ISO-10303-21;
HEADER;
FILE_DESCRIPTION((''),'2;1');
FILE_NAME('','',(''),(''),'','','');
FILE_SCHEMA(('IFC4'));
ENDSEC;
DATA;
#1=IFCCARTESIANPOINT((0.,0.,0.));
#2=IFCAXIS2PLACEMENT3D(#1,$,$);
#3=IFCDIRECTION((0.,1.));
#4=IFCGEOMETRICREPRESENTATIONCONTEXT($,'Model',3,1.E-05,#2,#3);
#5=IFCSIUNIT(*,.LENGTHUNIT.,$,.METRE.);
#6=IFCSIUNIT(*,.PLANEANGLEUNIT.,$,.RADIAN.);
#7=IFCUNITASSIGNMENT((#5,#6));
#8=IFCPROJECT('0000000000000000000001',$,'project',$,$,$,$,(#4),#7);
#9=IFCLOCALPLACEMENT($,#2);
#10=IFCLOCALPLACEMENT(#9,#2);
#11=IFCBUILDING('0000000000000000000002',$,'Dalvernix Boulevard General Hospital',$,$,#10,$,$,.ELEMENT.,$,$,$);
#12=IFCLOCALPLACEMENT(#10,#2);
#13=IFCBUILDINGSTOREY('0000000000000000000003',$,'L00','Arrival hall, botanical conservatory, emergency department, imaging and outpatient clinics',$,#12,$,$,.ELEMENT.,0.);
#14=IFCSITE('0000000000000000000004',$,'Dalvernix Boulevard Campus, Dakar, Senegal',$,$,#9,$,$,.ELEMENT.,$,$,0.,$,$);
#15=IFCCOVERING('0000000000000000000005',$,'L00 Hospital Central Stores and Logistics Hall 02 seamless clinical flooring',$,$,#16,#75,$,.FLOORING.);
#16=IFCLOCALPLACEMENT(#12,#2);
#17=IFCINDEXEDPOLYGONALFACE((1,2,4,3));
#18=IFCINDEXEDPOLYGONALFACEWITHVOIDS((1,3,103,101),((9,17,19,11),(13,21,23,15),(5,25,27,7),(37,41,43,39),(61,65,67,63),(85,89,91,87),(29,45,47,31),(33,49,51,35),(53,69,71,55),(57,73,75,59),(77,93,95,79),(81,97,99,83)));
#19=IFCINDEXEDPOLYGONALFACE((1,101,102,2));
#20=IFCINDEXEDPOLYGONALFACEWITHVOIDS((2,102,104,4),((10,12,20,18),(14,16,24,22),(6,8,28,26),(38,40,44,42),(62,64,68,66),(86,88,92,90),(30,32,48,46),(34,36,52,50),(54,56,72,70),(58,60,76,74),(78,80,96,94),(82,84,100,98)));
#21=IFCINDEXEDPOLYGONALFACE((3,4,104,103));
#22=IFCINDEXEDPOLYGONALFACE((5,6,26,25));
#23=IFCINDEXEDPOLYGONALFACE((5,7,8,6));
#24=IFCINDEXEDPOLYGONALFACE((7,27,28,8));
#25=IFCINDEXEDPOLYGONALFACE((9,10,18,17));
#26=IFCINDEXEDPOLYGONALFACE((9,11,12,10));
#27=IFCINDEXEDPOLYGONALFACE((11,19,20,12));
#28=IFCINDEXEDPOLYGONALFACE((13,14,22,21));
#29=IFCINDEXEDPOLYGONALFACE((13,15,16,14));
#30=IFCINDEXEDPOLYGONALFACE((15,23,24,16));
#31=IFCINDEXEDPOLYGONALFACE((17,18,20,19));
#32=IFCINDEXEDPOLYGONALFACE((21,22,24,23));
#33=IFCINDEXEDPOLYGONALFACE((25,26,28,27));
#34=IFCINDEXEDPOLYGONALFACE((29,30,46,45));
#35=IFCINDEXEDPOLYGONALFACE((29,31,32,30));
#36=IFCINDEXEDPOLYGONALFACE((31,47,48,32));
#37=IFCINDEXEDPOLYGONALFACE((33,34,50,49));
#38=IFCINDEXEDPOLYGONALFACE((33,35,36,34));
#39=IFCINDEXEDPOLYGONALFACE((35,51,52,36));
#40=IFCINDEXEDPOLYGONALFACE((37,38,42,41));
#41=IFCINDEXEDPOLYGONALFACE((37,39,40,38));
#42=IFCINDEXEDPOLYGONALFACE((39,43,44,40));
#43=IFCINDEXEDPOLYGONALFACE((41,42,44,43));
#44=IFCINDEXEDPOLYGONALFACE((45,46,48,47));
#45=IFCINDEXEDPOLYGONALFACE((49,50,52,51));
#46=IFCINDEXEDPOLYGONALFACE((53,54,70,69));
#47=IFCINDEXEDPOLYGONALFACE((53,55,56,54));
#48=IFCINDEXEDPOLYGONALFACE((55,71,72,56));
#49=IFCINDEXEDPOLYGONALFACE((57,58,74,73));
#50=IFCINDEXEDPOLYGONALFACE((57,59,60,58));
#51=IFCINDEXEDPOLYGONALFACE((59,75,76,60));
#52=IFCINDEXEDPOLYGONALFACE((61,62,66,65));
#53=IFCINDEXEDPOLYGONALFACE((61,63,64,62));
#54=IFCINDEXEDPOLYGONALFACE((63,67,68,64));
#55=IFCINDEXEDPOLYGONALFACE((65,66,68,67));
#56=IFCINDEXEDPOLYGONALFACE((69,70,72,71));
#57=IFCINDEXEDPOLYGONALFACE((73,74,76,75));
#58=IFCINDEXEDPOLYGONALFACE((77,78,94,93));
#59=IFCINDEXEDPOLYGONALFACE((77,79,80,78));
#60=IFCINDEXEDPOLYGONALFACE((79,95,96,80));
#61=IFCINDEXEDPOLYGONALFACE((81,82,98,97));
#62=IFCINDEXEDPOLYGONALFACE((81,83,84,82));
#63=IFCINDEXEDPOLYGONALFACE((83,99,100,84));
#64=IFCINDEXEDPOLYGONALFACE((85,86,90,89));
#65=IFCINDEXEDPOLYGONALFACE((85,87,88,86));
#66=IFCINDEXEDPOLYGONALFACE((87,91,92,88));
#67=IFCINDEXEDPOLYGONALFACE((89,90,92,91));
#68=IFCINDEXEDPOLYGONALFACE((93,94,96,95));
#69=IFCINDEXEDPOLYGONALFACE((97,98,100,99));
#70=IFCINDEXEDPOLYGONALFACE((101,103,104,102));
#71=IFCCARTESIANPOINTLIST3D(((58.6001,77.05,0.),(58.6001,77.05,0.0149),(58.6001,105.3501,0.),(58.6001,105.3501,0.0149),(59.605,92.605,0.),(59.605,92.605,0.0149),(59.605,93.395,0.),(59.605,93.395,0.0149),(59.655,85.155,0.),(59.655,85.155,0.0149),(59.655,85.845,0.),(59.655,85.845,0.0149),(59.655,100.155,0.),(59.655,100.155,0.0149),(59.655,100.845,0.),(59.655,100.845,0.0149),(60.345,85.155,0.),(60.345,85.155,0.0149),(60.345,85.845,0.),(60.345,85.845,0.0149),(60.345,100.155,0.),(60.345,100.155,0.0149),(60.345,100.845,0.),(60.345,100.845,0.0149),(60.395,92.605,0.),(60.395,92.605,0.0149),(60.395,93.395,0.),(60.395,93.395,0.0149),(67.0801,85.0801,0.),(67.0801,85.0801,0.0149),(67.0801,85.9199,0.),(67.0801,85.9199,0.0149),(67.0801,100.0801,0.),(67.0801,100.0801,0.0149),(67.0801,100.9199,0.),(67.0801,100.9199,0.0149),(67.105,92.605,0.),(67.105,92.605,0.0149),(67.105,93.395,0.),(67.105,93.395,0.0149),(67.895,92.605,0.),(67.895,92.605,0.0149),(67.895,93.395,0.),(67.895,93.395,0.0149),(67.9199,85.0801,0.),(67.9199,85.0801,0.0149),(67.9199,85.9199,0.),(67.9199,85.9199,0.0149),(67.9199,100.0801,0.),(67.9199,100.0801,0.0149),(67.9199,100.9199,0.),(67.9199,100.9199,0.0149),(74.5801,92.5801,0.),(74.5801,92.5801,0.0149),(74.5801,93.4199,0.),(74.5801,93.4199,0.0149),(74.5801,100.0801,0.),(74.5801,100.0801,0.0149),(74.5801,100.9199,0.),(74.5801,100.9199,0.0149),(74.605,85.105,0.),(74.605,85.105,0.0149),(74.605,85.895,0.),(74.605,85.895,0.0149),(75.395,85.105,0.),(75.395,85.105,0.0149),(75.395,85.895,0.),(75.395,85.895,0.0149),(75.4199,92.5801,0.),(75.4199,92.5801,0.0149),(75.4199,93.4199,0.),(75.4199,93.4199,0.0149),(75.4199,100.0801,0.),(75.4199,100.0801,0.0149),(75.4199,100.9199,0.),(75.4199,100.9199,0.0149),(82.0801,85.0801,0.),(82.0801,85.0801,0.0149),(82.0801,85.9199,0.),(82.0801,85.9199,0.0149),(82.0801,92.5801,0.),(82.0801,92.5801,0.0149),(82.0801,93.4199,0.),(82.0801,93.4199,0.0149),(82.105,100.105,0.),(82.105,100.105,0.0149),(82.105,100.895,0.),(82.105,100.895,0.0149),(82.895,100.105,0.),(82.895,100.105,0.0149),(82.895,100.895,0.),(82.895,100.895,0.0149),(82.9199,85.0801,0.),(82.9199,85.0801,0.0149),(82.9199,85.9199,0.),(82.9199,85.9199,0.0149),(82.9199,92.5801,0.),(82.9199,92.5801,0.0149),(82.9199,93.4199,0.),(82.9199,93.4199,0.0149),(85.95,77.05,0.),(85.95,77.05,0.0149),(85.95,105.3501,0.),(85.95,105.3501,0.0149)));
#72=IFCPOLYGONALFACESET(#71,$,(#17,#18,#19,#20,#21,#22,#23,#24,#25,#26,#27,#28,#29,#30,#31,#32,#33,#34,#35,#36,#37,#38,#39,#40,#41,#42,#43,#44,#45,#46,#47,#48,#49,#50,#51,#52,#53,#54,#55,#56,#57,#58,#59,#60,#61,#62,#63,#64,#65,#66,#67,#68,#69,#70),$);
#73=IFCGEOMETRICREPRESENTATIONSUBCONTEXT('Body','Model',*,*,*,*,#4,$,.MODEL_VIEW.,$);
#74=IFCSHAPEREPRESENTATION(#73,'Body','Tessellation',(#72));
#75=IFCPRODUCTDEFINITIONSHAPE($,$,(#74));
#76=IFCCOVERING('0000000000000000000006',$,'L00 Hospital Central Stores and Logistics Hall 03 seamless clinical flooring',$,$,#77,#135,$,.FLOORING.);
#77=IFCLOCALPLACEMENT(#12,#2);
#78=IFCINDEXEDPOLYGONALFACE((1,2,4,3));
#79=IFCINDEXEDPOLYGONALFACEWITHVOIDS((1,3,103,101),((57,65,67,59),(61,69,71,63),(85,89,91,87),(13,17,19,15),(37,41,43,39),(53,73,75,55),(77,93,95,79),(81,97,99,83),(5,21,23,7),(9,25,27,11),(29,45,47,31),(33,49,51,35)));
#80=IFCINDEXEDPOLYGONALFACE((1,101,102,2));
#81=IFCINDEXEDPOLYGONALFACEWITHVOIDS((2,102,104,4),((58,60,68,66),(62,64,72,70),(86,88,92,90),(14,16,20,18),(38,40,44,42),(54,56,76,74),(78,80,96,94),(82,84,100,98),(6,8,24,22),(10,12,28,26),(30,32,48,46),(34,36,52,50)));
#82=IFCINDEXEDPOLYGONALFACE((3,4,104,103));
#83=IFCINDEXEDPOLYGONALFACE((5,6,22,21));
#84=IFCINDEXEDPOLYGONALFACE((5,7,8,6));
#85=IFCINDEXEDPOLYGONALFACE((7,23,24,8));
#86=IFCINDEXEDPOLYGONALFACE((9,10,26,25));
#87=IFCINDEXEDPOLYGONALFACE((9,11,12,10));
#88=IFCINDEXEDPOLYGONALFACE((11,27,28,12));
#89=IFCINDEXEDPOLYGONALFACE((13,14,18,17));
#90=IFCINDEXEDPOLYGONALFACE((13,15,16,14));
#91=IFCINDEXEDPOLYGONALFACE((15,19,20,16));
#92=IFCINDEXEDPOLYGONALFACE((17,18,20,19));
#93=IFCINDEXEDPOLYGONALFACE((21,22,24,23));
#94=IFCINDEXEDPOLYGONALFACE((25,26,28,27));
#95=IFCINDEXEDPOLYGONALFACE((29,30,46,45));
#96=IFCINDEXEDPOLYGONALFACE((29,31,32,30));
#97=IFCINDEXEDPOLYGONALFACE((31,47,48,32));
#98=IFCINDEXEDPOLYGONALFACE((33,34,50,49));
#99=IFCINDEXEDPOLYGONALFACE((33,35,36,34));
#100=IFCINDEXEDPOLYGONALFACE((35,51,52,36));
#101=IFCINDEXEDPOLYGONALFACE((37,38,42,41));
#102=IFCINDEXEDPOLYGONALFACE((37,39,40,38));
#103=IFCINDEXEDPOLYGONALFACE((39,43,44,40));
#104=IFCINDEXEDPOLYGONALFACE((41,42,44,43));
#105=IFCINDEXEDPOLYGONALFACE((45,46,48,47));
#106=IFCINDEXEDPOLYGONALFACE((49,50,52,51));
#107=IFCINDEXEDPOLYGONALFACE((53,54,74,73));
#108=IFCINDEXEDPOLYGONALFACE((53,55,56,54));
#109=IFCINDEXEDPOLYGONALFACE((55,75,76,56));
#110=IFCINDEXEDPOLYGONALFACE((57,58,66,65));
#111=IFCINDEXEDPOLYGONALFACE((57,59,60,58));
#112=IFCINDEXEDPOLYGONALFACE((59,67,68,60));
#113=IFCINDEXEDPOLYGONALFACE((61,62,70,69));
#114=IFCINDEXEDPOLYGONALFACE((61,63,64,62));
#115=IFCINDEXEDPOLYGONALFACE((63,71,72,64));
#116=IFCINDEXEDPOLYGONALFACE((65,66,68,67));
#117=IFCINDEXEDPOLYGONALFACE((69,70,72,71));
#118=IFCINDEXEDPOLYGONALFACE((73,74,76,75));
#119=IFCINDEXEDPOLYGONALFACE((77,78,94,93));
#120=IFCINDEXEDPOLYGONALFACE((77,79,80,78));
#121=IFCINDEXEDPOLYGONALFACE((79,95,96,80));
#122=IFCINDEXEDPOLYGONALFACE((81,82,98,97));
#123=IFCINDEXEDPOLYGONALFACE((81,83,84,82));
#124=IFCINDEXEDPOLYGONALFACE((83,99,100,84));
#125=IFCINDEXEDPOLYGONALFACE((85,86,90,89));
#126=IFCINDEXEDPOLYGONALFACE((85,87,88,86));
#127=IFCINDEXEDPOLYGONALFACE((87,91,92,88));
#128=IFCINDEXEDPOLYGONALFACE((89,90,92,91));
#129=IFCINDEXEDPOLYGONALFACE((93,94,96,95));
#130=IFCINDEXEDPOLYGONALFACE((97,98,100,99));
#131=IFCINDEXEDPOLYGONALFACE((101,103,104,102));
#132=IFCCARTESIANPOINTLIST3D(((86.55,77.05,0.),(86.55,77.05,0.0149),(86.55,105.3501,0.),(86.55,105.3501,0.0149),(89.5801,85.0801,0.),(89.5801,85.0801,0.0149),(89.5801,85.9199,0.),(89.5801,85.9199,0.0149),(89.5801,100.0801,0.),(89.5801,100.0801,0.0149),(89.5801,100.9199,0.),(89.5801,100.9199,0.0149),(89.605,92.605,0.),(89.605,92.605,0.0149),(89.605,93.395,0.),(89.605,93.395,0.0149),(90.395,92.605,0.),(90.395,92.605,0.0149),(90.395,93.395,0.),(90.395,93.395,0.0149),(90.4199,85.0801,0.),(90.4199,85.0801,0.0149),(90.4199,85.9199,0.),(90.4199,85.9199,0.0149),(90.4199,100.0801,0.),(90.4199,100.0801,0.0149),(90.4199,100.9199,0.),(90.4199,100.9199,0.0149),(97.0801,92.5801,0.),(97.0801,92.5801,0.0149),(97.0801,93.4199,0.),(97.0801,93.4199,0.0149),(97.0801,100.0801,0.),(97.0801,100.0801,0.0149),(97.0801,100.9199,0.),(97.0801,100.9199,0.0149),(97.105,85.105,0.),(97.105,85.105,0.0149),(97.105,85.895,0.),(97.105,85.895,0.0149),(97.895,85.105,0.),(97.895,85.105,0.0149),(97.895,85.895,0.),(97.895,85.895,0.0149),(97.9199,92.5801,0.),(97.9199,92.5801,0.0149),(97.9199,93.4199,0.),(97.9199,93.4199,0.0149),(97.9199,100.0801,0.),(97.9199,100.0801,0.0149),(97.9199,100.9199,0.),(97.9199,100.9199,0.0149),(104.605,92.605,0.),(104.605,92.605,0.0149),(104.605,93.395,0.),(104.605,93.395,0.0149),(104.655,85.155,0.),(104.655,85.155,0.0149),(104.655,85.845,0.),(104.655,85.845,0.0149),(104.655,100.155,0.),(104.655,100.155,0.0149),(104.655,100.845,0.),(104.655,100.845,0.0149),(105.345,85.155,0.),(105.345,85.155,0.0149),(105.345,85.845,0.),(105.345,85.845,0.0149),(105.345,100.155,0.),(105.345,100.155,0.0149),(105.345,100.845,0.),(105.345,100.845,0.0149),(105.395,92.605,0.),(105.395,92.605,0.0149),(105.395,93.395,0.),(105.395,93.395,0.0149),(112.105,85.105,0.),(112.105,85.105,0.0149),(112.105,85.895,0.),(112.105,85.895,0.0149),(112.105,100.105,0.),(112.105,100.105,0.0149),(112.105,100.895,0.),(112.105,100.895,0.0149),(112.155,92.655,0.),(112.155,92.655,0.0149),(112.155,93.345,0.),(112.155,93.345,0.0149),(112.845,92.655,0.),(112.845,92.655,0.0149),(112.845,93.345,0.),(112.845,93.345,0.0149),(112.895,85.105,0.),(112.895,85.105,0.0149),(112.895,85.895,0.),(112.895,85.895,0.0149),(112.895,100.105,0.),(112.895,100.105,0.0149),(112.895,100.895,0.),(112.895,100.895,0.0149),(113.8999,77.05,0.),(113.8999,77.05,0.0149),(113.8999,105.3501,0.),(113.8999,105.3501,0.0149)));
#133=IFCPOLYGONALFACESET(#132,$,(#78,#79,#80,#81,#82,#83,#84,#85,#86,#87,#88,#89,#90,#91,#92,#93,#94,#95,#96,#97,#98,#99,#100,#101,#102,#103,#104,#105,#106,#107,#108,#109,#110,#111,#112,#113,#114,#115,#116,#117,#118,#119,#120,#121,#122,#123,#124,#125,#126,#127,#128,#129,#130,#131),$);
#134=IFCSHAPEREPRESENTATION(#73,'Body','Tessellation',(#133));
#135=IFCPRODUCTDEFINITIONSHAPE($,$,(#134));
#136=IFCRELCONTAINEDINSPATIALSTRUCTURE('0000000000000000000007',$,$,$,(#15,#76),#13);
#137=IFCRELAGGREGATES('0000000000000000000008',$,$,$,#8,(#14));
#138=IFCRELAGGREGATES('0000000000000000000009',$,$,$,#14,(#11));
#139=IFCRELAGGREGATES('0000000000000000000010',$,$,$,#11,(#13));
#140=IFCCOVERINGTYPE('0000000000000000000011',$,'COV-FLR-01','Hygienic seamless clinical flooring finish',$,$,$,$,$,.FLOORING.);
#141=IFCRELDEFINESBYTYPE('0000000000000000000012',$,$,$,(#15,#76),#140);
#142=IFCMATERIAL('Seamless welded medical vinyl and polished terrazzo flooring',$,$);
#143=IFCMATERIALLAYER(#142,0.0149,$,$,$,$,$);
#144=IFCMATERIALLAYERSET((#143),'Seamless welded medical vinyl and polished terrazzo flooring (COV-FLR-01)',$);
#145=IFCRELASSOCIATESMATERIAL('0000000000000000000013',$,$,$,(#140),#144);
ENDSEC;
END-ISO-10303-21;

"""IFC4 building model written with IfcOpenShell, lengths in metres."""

from ifc_helpers import new_model, si_unit, direction, origin, place, context, subcontext, project, spatial, polyline, outline, extrude, material, layer, layer_set, type_object, element, save


model = new_model("IFC4")

# Units and contexts
model_context = context("Model", 3, precision=1e-05, world=origin(), true_north=direction((0.0, 1.0)))
body_context = subcontext(model_context, "Body", "Model", "MODEL_VIEW")
ifc_project = project(units=[si_unit("LENGTHUNIT", "METRE"), si_unit("PLANEANGLEUNIT", "RADIAN")], contexts=[model_context])

# Site, building, storey
site_placement = place(None, origin())
site = spatial("IfcSite", under=ifc_project, at=site_placement, Name="Dalvernix Boulevard Campus, Dakar, Senegal", CompositionType="ELEMENT", RefElevation=0.0)
building_placement = place(site_placement, origin())
building = spatial("IfcBuilding", under=site, at=building_placement, Name="Dalvernix Boulevard General Hospital", CompositionType="ELEMENT")
storey_placement = place(building_placement, origin())
storey = spatial("IfcBuildingStorey", under=building, at=storey_placement, Name="L00", Description="Arrival hall, botanical conservatory, emergency department, imaging and outpatient clinics", CompositionType="ELEMENT", Elevation=0.0)

# Coverings
ifc_material_1 = material(Name="Seamless welded medical vinyl and polished terrazzo flooring")
ifc_layer_1 = layer(ifc_material_1, 0.0149)
ifc_layer_set_1 = layer_set([ifc_layer_1], Name="Seamless welded medical vinyl and polished terrazzo flooring (COV-FLR-01)")
covering_type_1 = type_object("IfcCoveringType", Name="COV-FLR-01", Description="Hygienic seamless clinical flooring finish", PredefinedType="FLOORING", material=ifc_layer_set_1)
covering_1_placement = place(storey_placement, origin())
element("IfcCovering", 1, at=covering_1_placement, inside=storey, type_object=covering_type_1, Name="L00 Hospital Central Stores and Logistics Hall 02 seamless clinical flooring", PredefinedType="FLOORING", context=body_context, shape_type="SweptSolid", body=[
    extrude(outline(polyline([(85.95, 77.05), (58.6001, 77.05), (58.6001, 105.3501), (85.95, 105.3501), (85.95, 77.05)]), holes=[polyline([(60.345, 85.155), (60.345, 85.845), (59.655, 85.845), (59.655, 85.155), (60.345, 85.155)]), polyline([(59.605, 92.605), (60.395, 92.605), (60.395, 93.395), (59.605, 93.395), (59.605, 92.605)]), polyline([(59.655, 100.845), (59.655, 100.155), (60.345, 100.155), (60.345, 100.845), (59.655, 100.845)]), polyline([(67.9199, 85.9199), (67.0801, 85.9199), (67.0801, 85.0801), (67.9199, 85.0801), (67.9199, 85.9199)]), polyline([(67.895, 92.605), (67.895, 93.395), (67.105, 93.395), (67.105, 92.605), (67.895, 92.605)]), polyline([(67.0801, 100.0801), (67.9199, 100.0801), (67.9199, 100.9199), (67.0801, 100.9199), (67.0801, 100.0801)]), polyline([(74.605, 85.895), (74.605, 85.105), (75.395, 85.105), (75.395, 85.895), (74.605, 85.895)]), polyline([(75.4199, 93.4199), (74.5801, 93.4199), (74.5801, 92.5801), (75.4199, 92.5801), (75.4199, 93.4199)]), polyline([(75.4199, 100.0801), (75.4199, 100.9199), (74.5801, 100.9199), (74.5801, 100.0801), (75.4199, 100.0801)]), polyline([(82.0801, 85.0801), (82.9199, 85.0801), (82.9199, 85.9199), (82.0801, 85.9199), (82.0801, 85.0801)]), polyline([(82.0801, 93.4199), (82.0801, 92.5801), (82.9199, 92.5801), (82.9199, 93.4199), (82.0801, 93.4199)]), polyline([(82.895, 100.895), (82.105, 100.895), (82.105, 100.105), (82.895, 100.105), (82.895, 100.895)])]), origin(), (0.0, 0.0, 1.0), 0.0149),
])
covering_2_placement = place(storey_placement, origin())
element("IfcCovering", 2, at=covering_2_placement, inside=storey, type_object=covering_type_1, Name="L00 Hospital Central Stores and Logistics Hall 03 seamless clinical flooring", PredefinedType="FLOORING", context=body_context, shape_type="SweptSolid", body=[
    extrude(outline(polyline([(113.8999, 77.05), (86.55, 77.05), (86.55, 105.3501), (113.8999, 105.3501), (113.8999, 77.05)]), holes=[polyline([(90.4199, 85.0801), (90.4199, 85.9199), (89.5801, 85.9199), (89.5801, 85.0801), (90.4199, 85.0801)]), polyline([(89.605, 92.605), (90.395, 92.605), (90.395, 93.395), (89.605, 93.395), (89.605, 92.605)]), polyline([(89.5801, 100.9199), (89.5801, 100.0801), (90.4199, 100.0801), (90.4199, 100.9199), (89.5801, 100.9199)]), polyline([(97.895, 85.895), (97.105, 85.895), (97.105, 85.105), (97.895, 85.105), (97.895, 85.895)]), polyline([(97.9199, 92.5801), (97.9199, 93.4199), (97.0801, 93.4199), (97.0801, 92.5801), (97.9199, 92.5801)]), polyline([(97.0801, 100.0801), (97.9199, 100.0801), (97.9199, 100.9199), (97.0801, 100.9199), (97.0801, 100.0801)]), polyline([(104.655, 85.845), (104.655, 85.155), (105.345, 85.155), (105.345, 85.845), (104.655, 85.845)]), polyline([(105.395, 93.395), (104.605, 93.395), (104.605, 92.605), (105.395, 92.605), (105.395, 93.395)]), polyline([(105.345, 100.155), (105.345, 100.845), (104.655, 100.845), (104.655, 100.155), (105.345, 100.155)]), polyline([(112.105, 85.105), (112.895, 85.105), (112.895, 85.895), (112.105, 85.895), (112.105, 85.105)]), polyline([(112.155, 93.345), (112.155, 92.655), (112.845, 92.655), (112.845, 93.345), (112.155, 93.345)]), polyline([(112.895, 100.895), (112.105, 100.895), (112.105, 100.105), (112.895, 100.105), (112.895, 100.895)])]), origin(), (0.0, 0.0, 1.0), 0.0149),
])

save(model, "model.ifc")
